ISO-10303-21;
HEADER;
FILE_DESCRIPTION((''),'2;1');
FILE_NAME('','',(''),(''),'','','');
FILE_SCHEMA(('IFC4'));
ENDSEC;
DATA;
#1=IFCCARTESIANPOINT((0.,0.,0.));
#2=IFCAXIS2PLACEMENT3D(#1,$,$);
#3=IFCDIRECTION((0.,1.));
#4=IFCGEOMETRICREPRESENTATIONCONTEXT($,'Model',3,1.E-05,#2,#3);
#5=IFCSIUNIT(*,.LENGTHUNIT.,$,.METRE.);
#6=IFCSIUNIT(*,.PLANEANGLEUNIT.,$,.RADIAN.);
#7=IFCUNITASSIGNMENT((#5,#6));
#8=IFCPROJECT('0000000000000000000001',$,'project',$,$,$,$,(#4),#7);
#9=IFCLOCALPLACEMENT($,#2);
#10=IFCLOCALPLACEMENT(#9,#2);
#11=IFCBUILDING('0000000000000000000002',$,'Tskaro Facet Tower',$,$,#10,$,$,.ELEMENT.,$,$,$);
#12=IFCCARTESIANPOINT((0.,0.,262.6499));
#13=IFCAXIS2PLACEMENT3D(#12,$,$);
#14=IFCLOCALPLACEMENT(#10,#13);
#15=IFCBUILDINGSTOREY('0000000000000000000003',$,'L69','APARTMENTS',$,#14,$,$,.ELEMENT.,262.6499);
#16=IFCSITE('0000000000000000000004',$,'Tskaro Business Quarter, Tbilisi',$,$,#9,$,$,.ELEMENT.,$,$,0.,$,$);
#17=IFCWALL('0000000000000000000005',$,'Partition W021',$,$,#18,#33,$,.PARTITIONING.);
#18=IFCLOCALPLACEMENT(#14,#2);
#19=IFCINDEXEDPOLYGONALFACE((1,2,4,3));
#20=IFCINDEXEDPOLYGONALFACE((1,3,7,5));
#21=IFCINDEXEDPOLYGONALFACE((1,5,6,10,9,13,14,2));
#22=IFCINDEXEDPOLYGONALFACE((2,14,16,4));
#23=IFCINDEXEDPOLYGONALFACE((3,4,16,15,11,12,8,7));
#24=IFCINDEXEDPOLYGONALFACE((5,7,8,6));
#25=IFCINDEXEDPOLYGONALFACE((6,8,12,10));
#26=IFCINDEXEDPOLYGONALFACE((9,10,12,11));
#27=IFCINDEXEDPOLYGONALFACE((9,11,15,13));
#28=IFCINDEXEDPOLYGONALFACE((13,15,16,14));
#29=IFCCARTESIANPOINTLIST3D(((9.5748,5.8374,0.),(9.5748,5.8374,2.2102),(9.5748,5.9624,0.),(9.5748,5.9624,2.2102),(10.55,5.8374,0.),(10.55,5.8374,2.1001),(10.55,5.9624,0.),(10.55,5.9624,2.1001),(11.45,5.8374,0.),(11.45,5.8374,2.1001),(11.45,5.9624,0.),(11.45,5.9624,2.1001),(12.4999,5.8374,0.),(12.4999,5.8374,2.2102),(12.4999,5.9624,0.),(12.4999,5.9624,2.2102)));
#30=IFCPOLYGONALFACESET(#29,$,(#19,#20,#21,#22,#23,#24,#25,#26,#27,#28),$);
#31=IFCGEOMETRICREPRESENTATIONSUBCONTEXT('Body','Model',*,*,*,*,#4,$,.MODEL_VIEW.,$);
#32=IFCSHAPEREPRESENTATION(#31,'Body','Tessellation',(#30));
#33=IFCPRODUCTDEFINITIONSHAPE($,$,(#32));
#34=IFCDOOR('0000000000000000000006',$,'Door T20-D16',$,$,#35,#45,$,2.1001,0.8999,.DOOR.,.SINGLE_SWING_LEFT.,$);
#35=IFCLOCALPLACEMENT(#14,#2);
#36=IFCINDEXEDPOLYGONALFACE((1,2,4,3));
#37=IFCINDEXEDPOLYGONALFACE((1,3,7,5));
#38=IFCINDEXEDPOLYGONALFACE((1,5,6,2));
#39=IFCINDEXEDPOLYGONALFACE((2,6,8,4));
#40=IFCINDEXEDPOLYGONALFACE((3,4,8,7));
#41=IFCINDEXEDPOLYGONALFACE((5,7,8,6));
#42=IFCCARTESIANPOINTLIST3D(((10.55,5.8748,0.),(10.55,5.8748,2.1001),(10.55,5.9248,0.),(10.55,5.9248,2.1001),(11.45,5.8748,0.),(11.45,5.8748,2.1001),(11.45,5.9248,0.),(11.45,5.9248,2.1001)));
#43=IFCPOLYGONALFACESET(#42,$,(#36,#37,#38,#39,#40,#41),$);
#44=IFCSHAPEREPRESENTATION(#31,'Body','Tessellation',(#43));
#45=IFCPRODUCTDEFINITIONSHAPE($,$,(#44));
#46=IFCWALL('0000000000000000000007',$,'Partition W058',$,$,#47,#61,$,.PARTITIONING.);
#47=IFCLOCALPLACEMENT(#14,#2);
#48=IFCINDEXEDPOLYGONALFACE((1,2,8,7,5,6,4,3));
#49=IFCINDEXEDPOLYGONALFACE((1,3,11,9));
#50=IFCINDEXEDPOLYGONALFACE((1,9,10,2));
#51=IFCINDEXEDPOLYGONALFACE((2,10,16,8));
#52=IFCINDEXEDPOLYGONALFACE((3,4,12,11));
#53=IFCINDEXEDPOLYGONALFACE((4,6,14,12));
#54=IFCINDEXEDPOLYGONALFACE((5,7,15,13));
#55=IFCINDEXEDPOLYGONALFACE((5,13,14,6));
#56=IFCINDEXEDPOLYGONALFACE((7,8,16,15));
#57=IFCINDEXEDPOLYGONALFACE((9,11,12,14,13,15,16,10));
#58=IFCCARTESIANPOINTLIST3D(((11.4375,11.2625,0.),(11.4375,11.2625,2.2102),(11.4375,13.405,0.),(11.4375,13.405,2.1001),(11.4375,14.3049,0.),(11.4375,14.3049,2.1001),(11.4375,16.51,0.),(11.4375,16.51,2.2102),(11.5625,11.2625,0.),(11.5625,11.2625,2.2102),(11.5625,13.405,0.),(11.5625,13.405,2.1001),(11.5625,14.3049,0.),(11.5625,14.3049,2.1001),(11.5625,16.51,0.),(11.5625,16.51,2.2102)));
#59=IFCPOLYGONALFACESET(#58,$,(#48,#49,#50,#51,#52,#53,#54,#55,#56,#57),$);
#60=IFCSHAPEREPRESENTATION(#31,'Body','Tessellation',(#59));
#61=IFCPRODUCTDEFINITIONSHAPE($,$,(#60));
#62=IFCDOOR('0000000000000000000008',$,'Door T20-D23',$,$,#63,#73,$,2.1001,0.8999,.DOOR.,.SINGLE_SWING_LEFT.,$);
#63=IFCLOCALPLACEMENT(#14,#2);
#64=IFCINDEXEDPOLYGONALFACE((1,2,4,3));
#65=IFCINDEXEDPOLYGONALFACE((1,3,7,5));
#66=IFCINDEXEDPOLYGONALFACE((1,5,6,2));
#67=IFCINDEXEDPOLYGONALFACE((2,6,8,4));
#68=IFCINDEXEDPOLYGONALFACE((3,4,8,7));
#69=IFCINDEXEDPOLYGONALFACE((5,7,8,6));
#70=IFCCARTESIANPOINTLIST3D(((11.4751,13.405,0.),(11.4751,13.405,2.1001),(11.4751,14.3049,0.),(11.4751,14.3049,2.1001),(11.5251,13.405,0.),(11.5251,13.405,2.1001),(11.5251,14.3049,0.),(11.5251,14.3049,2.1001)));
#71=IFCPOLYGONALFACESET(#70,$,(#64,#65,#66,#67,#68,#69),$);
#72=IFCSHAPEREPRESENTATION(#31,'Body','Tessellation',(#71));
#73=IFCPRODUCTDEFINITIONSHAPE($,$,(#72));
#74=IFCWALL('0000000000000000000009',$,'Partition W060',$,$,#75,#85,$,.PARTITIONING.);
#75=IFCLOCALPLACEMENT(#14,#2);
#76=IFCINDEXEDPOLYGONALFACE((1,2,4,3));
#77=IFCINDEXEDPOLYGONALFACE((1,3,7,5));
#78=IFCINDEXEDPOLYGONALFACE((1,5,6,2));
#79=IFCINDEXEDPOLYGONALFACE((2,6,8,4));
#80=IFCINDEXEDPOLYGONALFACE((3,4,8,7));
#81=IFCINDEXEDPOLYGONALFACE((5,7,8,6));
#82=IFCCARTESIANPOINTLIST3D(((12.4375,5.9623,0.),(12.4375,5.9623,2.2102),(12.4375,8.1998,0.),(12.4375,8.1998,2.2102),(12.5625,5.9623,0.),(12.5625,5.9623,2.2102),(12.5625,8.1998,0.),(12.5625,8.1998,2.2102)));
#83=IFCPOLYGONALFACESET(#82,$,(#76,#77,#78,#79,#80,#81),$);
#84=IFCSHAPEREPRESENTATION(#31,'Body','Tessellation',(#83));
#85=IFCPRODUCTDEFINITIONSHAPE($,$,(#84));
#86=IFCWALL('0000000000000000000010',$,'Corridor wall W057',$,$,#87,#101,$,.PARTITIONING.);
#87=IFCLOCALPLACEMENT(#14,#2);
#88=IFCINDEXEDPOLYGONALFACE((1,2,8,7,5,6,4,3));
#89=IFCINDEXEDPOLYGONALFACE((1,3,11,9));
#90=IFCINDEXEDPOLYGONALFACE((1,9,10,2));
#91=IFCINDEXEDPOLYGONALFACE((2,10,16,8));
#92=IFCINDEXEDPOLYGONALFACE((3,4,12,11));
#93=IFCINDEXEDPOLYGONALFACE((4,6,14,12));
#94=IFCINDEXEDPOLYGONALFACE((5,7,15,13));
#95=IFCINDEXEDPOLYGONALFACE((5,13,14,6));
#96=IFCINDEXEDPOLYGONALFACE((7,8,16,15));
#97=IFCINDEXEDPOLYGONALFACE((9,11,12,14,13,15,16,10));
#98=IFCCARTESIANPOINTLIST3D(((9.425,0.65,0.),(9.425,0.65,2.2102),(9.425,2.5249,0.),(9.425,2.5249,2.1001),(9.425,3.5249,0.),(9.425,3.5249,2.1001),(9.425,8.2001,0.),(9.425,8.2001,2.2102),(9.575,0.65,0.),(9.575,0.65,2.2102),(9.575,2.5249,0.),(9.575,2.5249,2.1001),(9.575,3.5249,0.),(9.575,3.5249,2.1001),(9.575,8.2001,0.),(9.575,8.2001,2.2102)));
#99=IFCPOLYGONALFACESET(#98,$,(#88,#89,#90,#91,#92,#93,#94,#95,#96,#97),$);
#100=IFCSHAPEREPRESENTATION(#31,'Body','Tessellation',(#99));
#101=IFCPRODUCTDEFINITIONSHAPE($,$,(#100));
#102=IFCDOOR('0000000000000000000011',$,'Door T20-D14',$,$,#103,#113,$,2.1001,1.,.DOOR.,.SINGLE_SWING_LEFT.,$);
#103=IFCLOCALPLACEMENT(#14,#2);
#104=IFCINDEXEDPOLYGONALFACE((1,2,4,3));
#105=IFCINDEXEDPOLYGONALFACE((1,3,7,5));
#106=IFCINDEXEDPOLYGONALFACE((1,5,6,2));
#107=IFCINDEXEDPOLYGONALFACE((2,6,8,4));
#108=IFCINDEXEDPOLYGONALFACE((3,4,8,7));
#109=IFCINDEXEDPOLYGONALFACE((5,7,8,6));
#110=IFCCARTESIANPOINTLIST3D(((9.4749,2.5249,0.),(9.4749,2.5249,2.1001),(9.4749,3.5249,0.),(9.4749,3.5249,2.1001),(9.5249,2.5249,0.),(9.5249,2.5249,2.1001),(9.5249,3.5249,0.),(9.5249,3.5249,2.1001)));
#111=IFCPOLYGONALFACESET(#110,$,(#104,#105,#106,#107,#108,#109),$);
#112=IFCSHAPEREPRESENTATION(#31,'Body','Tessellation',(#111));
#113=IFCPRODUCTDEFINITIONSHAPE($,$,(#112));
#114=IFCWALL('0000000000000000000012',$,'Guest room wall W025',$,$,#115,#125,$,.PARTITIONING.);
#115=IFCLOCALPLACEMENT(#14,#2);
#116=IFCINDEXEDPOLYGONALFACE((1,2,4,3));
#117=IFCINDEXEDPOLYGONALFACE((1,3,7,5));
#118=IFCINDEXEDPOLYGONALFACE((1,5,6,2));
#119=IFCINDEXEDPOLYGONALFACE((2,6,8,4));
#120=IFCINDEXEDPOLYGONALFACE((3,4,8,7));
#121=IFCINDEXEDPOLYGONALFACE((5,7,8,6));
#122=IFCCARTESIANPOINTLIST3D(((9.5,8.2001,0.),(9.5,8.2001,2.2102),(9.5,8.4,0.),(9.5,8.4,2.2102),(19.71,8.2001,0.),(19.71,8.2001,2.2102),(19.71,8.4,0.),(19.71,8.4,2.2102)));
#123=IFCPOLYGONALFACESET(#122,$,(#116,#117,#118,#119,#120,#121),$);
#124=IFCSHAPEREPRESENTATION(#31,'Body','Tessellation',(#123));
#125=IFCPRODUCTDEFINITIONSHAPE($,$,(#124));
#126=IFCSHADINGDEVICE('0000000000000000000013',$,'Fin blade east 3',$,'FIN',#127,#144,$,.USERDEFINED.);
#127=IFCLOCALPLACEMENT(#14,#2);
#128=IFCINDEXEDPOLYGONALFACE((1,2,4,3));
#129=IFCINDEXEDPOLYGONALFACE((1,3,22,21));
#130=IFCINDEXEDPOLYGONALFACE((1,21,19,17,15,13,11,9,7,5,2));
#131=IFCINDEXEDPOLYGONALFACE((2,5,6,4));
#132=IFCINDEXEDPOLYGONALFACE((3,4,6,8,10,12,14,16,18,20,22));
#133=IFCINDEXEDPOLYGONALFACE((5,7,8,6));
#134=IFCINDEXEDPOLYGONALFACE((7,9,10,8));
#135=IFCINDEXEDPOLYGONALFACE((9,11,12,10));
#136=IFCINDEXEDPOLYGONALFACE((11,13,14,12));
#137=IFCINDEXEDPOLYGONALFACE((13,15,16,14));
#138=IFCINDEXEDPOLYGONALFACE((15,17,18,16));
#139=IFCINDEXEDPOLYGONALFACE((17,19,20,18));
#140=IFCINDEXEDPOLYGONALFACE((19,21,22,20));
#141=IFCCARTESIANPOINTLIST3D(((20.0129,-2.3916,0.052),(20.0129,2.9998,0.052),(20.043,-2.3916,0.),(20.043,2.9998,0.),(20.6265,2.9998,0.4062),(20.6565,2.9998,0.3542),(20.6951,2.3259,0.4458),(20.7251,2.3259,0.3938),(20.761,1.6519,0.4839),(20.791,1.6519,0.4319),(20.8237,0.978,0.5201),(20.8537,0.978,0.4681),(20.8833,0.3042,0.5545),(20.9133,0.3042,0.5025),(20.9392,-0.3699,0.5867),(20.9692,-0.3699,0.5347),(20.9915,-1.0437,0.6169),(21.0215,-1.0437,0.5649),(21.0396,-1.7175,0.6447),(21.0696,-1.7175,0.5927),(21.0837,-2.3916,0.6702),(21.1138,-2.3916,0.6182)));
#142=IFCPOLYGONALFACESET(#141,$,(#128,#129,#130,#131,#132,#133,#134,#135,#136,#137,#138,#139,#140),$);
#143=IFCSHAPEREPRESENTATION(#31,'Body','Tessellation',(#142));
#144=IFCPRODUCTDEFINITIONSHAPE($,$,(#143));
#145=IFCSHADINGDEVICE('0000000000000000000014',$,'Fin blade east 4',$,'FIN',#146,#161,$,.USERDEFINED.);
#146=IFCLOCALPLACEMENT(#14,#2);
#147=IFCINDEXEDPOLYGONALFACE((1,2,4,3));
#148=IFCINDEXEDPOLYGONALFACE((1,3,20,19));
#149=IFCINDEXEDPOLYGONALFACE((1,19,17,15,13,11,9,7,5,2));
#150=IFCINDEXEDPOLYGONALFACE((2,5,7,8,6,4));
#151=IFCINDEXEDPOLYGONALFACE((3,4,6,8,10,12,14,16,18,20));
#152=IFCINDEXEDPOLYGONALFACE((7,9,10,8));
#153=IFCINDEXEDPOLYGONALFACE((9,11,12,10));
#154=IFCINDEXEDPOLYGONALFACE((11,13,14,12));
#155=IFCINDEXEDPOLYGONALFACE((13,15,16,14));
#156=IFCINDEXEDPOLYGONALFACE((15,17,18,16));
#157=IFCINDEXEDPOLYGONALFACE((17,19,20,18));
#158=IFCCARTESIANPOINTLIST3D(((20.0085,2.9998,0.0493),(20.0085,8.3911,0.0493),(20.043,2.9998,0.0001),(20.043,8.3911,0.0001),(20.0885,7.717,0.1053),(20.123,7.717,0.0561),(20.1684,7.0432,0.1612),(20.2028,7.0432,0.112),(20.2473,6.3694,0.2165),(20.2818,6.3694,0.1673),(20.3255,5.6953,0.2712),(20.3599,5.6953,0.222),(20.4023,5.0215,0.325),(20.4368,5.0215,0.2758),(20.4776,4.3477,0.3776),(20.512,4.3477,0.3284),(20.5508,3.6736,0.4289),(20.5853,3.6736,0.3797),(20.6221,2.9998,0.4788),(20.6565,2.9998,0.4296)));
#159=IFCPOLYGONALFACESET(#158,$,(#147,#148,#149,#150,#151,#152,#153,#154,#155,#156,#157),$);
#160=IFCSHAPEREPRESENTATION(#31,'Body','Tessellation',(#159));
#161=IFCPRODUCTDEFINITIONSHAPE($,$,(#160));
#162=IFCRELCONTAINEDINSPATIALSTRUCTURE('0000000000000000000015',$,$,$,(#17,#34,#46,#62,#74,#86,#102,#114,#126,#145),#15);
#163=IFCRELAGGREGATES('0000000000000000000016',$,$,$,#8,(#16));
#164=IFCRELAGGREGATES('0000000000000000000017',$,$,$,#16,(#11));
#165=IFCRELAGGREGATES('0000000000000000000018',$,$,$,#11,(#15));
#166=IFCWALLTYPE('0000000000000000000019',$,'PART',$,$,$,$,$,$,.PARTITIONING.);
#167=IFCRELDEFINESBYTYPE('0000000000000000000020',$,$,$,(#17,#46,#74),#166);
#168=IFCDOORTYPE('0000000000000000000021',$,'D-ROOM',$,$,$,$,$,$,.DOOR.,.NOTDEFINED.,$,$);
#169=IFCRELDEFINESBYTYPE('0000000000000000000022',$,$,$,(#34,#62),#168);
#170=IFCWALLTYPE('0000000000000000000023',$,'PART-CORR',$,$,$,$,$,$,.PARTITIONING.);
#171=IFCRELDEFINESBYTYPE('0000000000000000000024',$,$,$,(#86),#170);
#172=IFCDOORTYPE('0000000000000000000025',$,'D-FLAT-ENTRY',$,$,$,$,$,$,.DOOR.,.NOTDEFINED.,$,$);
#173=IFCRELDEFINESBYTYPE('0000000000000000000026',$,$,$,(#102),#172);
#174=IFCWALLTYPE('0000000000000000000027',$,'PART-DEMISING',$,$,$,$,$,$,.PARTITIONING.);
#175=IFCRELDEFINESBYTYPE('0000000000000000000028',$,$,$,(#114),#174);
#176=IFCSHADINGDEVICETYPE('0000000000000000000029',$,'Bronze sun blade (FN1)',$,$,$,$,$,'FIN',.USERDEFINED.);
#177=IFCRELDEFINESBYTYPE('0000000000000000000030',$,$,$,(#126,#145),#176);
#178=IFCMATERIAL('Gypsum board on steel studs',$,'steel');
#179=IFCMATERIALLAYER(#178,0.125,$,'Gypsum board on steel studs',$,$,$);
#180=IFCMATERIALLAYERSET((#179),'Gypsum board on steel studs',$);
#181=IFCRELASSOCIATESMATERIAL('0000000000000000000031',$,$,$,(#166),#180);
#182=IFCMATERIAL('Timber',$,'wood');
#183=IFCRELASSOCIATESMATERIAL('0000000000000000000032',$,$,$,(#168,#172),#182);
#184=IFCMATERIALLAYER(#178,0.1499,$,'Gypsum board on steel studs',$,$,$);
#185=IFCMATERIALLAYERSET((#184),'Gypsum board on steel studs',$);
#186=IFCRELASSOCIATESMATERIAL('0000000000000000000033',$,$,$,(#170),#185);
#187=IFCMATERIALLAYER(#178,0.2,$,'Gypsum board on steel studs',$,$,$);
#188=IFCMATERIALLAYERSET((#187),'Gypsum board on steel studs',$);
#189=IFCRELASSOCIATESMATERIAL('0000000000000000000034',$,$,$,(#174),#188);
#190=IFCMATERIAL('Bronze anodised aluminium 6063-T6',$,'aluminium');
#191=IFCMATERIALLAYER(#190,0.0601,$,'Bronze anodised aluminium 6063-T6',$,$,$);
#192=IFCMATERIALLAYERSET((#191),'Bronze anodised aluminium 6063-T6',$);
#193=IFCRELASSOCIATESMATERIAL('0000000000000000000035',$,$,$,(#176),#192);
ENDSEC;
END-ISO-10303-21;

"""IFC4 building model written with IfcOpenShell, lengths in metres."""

from ifc_helpers import new_model, si_unit, direction, frame, frame_2d, origin, place, context, subcontext, project, spatial, polyline, rectangle, outline, extrude, material, layer, layer_set, type_object, element, fill, save


model = new_model("IFC4")

# Units and contexts
model_context = context("Model", 3, precision=1e-05, world=origin(), true_north=direction((0.0, 1.0)))
body_context = subcontext(model_context, "Body", "Model", "MODEL_VIEW")
ifc_project = project(units=[si_unit("LENGTHUNIT", "METRE"), si_unit("PLANEANGLEUNIT", "RADIAN")], contexts=[model_context])

# Site, building, storey
site_placement = place(None, origin())
site = spatial("IfcSite", under=ifc_project, at=site_placement, Name="Tskaro Business Quarter, Tbilisi", CompositionType="ELEMENT", RefElevation=0.0)
building_placement = place(site_placement, origin())
building = spatial("IfcBuilding", under=site, at=building_placement, Name="Tskaro Facet Tower", CompositionType="ELEMENT")
storey_placement = place(building_placement, frame((0.0, 0.0, 262.6499)))
storey = spatial("IfcBuildingStorey", under=building, at=storey_placement, Name="L69", Description="APARTMENTS", CompositionType="ELEMENT", Elevation=262.6499)

# Shared definitions
ifc_material_1 = material(Name="Bronze anodised aluminium 6063-T6", Category="aluminium")

# Shared definitions
ifc_material_2 = material(Name="Gypsum board on steel studs", Category="steel")
ifc_layer_1 = layer(ifc_material_2, 0.125, Name="Gypsum board on steel studs")
ifc_layer_set_1 = layer_set([ifc_layer_1], Name="Gypsum board on steel studs")
wall_type_1 = type_object("IfcWallType", Name="PART", PredefinedType="PARTITIONING", material=ifc_layer_set_1)

# Walls, openings, doors
wall_1_placement = place(storey_placement, frame((9.575, 5.8999, 0.0), z_axis=(0.0, 0.0, 1.0), x_axis=(1.0, 0.0, 0.0)))
wall_1 = element("IfcWall", 1, at=wall_1_placement, inside=storey, type_object=wall_type_1, Name="Partition W021", PredefinedType="PARTITIONING", context=body_context, shape_type="SweptSolid", body=[
    extrude(rectangle(XDim=2.925, YDim=0.125, at=frame_2d((1.4624, 0.0))), origin(), (0.0, 0.0, 1.0), 2.2102),
])
opening_1_placement = place(wall_1_placement, frame((0.9751, 0.0, 0.0)))
opening_1 = element("IfcOpeningElement", 2, at=opening_1_placement, cuts=wall_1, PredefinedType="OPENING", context=body_context, shape_type="SweptSolid", body=[
    extrude(rectangle(XDim=0.8999, YDim=2.1001, at=frame_2d((0.45, 1.05))), frame((0.0, 0.0725, 0.0), z_axis=(0.0, -1.0, 0.0), x_axis=(1.0, 0.0, 0.0)), (0.0, 0.0, 1.0), 0.145),
])
ifc_material_3 = material(Name="Timber", Category="wood")
door_type_1 = type_object("IfcDoorType", Name="D-ROOM", OperationType="NOTDEFINED", PredefinedType="DOOR", material=ifc_material_3)
door_1_placement = place(opening_1_placement, origin())
door_1 = element("IfcDoor", 3, at=door_1_placement, inside=storey, type_object=door_type_1, Name="Door T20-D16", OperationType="SINGLE_SWING_LEFT", OverallHeight=2.1001, OverallWidth=0.8999, PredefinedType="DOOR", context=body_context, shape_type="SweptSolid", body=[
    extrude(rectangle(XDim=0.8999, YDim=2.1001, at=frame_2d((0.45, 1.05))), frame((0.0, 0.0249, 0.0), z_axis=(0.0, -1.0, 0.0), x_axis=(1.0, 0.0, 0.0)), (0.0, 0.0, 1.0), 0.05),
])
fill(opening_1, door_1)
wall_2_placement = place(storey_placement, frame((11.5, 11.2625, 0.0), z_axis=(0.0, 0.0, 1.0), x_axis=(0.0, 1.0, 0.0)))
wall_2 = element("IfcWall", 4, at=wall_2_placement, inside=storey, type_object=wall_type_1, Name="Partition W058", PredefinedType="PARTITIONING", context=body_context, shape_type="SweptSolid", body=[
    extrude(rectangle(XDim=5.2476, YDim=0.125, at=frame_2d((2.6238, 0.0))), origin(), (0.0, 0.0, 1.0), 2.2102),
])
opening_2_placement = place(wall_2_placement, frame((2.1426, 0.0, 0.0)))
opening_2 = element("IfcOpeningElement", 5, at=opening_2_placement, cuts=wall_2, PredefinedType="OPENING", context=body_context, shape_type="SweptSolid", body=[
    extrude(rectangle(XDim=0.8999, YDim=2.1001, at=frame_2d((0.45, 1.05))), frame((0.0, 0.0725, 0.0), z_axis=(0.0, -1.0, 0.0), x_axis=(1.0, 0.0, 0.0)), (0.0, 0.0, 1.0), 0.145),
])
door_2_placement = place(opening_2_placement, origin())
door_2 = element("IfcDoor", 6, at=door_2_placement, inside=storey, type_object=door_type_1, Name="Door T20-D23", OperationType="SINGLE_SWING_LEFT", OverallHeight=2.1001, OverallWidth=0.8999, PredefinedType="DOOR", context=body_context, shape_type="SweptSolid", body=[
    extrude(rectangle(XDim=0.8999, YDim=2.1001, at=frame_2d((0.45, 1.05))), frame((0.0, 0.0249, 0.0), z_axis=(0.0, -1.0, 0.0), x_axis=(1.0, 0.0, 0.0)), (0.0, 0.0, 1.0), 0.05),
])
fill(opening_2, door_2)

# Wall
wall_3_placement = place(storey_placement, frame((12.5, 5.9624, 0.0), z_axis=(0.0, 0.0, 1.0), x_axis=(0.0, 1.0, 0.0)))
element("IfcWall", 7, at=wall_3_placement, inside=storey, type_object=wall_type_1, Name="Partition W060", PredefinedType="PARTITIONING", context=body_context, shape_type="SweptSolid", body=[
    extrude(rectangle(XDim=2.2375, YDim=0.125, at=frame_2d((1.1187, 0.0))), origin(), (0.0, 0.0, 1.0), 2.2102),
])

# Wall, opening, door
ifc_layer_2 = layer(ifc_material_2, 0.1499, Name="Gypsum board on steel studs")
ifc_layer_set_2 = layer_set([ifc_layer_2], Name="Gypsum board on steel studs")
wall_type_2 = type_object("IfcWallType", Name="PART-CORR", PredefinedType="PARTITIONING", material=ifc_layer_set_2)
wall_4_placement = place(storey_placement, frame((9.5, 8.2, 0.0), z_axis=(0.0, 0.0, 1.0), x_axis=(0.0, -1.0, 0.0)))
wall_4 = element("IfcWall", 8, at=wall_4_placement, inside=storey, type_object=wall_type_2, Name="Corridor wall W057", PredefinedType="PARTITIONING", context=body_context, shape_type="SweptSolid", body=[
    extrude(rectangle(XDim=7.55, YDim=0.1499, at=frame_2d((3.7749, 0.0))), origin(), (0.0, 0.0, 1.0), 2.2102),
])
opening_3_placement = place(wall_4_placement, frame((4.675, 0.0, 0.0)))
opening_3 = element("IfcOpeningElement", 9, at=opening_3_placement, cuts=wall_4, PredefinedType="OPENING", context=body_context, shape_type="SweptSolid", body=[
    extrude(rectangle(XDim=1.0, YDim=2.1001, at=frame_2d((0.5, 1.05))), frame((0.0, 0.085, 0.0), z_axis=(0.0, -1.0, 0.0), x_axis=(1.0, 0.0, 0.0)), (0.0, 0.0, 1.0), 0.1699),
])
door_type_2 = type_object("IfcDoorType", Name="D-FLAT-ENTRY", OperationType="NOTDEFINED", PredefinedType="DOOR", material=ifc_material_3)
door_3_placement = place(opening_3_placement, origin())
door_3 = element("IfcDoor", 10, at=door_3_placement, inside=storey, type_object=door_type_2, Name="Door T20-D14", OperationType="SINGLE_SWING_LEFT", OverallHeight=2.1001, OverallWidth=1.0, PredefinedType="DOOR", context=body_context, shape_type="SweptSolid", body=[
    extrude(rectangle(XDim=1.0, YDim=2.1001, at=frame_2d((0.5, 1.05))), frame((0.0, 0.0249, 0.0), z_axis=(0.0, -1.0, 0.0), x_axis=(1.0, 0.0, 0.0)), (0.0, 0.0, 1.0), 0.05),
])
fill(opening_3, door_3)

# Wall
ifc_layer_3 = layer(ifc_material_2, 0.2, Name="Gypsum board on steel studs")
ifc_layer_set_3 = layer_set([ifc_layer_3], Name="Gypsum board on steel studs")
wall_type_3 = type_object("IfcWallType", Name="PART-DEMISING", PredefinedType="PARTITIONING", material=ifc_layer_set_3)
wall_5_placement = place(storey_placement, frame((9.5, 8.3, 0.0), z_axis=(0.0, 0.0, 1.0), x_axis=(1.0, 0.0, 0.0)))
element("IfcWall", 11, at=wall_5_placement, inside=storey, type_object=wall_type_3, Name="Guest room wall W025", PredefinedType="PARTITIONING", context=body_context, shape_type="SweptSolid", body=[
    extrude(rectangle(XDim=10.21, YDim=0.2, at=frame_2d((5.105, 0.0))), origin(), (0.0, 0.0, 1.0), 2.2102),
])

# Shading devices
ifc_layer_4 = layer(ifc_material_1, 0.0601, Name="Bronze anodised aluminium 6063-T6")
ifc_layer_set_4 = layer_set([ifc_layer_4], Name="Bronze anodised aluminium 6063-T6")
shading_device_type = type_object("IfcShadingDeviceType", Name="Bronze sun blade (FN1)", ElementType="FIN", PredefinedType="USERDEFINED", material=ifc_layer_set_4)
shading_device_1_placement = place(storey_placement, frame((20.0129, -2.3916, 0.052), z_axis=(-0.499975, -0.000005, 0.86604), x_axis=(-0.000003, 1.0, 0.000004)))
element("IfcShadingDevice", 12, at=shading_device_1_placement, inside=storey, type_object=shading_device_type, Name="Fin blade east 3", ObjectType="FIN", PredefinedType="USERDEFINED", context=body_context, shape_type="SweptSolid", body=[
    extrude(outline(polyline([(0.0, 0.0), (5.3914, 0.0), (5.3914, -0.7085), (4.7175, -0.7876), (4.0435, -0.8638), (3.3696, -0.9362), (2.6958, -1.005), (2.0217, -1.0695), (1.3479, -1.1299), (0.6741, -1.1855), (0.0, -1.2364), (0.0, 0.0)])), origin(), (0.0, 0.0, -1.0), 0.0601),
])
shading_device_2_placement = place(storey_placement, frame((20.0085, 2.9998, 0.0493), z_axis=(-0.57347, -0.000005, 0.819226), x_axis=(-0.000003, 1.0, 0.000004)))
element("IfcShadingDevice", 13, at=shading_device_2_placement, inside=storey, type_object=shading_device_type, Name="Fin blade east 4", ObjectType="FIN", PredefinedType="USERDEFINED", context=body_context, shape_type="SweptSolid", body=[
    extrude(outline(polyline([(0.0, 0.0), (5.3914, 0.0), (4.7173, -0.0977), (4.0435, -0.1951), (3.3696, -0.2915), (2.6956, -0.3869), (2.0217, -0.4807), (1.3479, -0.5725), (0.6738, -0.6619), (0.0, -0.7489), (0.0, 0.0)])), origin(), (0.0, 0.0, -1.0), 0.0601),
])

save(model, "model.ifc")
